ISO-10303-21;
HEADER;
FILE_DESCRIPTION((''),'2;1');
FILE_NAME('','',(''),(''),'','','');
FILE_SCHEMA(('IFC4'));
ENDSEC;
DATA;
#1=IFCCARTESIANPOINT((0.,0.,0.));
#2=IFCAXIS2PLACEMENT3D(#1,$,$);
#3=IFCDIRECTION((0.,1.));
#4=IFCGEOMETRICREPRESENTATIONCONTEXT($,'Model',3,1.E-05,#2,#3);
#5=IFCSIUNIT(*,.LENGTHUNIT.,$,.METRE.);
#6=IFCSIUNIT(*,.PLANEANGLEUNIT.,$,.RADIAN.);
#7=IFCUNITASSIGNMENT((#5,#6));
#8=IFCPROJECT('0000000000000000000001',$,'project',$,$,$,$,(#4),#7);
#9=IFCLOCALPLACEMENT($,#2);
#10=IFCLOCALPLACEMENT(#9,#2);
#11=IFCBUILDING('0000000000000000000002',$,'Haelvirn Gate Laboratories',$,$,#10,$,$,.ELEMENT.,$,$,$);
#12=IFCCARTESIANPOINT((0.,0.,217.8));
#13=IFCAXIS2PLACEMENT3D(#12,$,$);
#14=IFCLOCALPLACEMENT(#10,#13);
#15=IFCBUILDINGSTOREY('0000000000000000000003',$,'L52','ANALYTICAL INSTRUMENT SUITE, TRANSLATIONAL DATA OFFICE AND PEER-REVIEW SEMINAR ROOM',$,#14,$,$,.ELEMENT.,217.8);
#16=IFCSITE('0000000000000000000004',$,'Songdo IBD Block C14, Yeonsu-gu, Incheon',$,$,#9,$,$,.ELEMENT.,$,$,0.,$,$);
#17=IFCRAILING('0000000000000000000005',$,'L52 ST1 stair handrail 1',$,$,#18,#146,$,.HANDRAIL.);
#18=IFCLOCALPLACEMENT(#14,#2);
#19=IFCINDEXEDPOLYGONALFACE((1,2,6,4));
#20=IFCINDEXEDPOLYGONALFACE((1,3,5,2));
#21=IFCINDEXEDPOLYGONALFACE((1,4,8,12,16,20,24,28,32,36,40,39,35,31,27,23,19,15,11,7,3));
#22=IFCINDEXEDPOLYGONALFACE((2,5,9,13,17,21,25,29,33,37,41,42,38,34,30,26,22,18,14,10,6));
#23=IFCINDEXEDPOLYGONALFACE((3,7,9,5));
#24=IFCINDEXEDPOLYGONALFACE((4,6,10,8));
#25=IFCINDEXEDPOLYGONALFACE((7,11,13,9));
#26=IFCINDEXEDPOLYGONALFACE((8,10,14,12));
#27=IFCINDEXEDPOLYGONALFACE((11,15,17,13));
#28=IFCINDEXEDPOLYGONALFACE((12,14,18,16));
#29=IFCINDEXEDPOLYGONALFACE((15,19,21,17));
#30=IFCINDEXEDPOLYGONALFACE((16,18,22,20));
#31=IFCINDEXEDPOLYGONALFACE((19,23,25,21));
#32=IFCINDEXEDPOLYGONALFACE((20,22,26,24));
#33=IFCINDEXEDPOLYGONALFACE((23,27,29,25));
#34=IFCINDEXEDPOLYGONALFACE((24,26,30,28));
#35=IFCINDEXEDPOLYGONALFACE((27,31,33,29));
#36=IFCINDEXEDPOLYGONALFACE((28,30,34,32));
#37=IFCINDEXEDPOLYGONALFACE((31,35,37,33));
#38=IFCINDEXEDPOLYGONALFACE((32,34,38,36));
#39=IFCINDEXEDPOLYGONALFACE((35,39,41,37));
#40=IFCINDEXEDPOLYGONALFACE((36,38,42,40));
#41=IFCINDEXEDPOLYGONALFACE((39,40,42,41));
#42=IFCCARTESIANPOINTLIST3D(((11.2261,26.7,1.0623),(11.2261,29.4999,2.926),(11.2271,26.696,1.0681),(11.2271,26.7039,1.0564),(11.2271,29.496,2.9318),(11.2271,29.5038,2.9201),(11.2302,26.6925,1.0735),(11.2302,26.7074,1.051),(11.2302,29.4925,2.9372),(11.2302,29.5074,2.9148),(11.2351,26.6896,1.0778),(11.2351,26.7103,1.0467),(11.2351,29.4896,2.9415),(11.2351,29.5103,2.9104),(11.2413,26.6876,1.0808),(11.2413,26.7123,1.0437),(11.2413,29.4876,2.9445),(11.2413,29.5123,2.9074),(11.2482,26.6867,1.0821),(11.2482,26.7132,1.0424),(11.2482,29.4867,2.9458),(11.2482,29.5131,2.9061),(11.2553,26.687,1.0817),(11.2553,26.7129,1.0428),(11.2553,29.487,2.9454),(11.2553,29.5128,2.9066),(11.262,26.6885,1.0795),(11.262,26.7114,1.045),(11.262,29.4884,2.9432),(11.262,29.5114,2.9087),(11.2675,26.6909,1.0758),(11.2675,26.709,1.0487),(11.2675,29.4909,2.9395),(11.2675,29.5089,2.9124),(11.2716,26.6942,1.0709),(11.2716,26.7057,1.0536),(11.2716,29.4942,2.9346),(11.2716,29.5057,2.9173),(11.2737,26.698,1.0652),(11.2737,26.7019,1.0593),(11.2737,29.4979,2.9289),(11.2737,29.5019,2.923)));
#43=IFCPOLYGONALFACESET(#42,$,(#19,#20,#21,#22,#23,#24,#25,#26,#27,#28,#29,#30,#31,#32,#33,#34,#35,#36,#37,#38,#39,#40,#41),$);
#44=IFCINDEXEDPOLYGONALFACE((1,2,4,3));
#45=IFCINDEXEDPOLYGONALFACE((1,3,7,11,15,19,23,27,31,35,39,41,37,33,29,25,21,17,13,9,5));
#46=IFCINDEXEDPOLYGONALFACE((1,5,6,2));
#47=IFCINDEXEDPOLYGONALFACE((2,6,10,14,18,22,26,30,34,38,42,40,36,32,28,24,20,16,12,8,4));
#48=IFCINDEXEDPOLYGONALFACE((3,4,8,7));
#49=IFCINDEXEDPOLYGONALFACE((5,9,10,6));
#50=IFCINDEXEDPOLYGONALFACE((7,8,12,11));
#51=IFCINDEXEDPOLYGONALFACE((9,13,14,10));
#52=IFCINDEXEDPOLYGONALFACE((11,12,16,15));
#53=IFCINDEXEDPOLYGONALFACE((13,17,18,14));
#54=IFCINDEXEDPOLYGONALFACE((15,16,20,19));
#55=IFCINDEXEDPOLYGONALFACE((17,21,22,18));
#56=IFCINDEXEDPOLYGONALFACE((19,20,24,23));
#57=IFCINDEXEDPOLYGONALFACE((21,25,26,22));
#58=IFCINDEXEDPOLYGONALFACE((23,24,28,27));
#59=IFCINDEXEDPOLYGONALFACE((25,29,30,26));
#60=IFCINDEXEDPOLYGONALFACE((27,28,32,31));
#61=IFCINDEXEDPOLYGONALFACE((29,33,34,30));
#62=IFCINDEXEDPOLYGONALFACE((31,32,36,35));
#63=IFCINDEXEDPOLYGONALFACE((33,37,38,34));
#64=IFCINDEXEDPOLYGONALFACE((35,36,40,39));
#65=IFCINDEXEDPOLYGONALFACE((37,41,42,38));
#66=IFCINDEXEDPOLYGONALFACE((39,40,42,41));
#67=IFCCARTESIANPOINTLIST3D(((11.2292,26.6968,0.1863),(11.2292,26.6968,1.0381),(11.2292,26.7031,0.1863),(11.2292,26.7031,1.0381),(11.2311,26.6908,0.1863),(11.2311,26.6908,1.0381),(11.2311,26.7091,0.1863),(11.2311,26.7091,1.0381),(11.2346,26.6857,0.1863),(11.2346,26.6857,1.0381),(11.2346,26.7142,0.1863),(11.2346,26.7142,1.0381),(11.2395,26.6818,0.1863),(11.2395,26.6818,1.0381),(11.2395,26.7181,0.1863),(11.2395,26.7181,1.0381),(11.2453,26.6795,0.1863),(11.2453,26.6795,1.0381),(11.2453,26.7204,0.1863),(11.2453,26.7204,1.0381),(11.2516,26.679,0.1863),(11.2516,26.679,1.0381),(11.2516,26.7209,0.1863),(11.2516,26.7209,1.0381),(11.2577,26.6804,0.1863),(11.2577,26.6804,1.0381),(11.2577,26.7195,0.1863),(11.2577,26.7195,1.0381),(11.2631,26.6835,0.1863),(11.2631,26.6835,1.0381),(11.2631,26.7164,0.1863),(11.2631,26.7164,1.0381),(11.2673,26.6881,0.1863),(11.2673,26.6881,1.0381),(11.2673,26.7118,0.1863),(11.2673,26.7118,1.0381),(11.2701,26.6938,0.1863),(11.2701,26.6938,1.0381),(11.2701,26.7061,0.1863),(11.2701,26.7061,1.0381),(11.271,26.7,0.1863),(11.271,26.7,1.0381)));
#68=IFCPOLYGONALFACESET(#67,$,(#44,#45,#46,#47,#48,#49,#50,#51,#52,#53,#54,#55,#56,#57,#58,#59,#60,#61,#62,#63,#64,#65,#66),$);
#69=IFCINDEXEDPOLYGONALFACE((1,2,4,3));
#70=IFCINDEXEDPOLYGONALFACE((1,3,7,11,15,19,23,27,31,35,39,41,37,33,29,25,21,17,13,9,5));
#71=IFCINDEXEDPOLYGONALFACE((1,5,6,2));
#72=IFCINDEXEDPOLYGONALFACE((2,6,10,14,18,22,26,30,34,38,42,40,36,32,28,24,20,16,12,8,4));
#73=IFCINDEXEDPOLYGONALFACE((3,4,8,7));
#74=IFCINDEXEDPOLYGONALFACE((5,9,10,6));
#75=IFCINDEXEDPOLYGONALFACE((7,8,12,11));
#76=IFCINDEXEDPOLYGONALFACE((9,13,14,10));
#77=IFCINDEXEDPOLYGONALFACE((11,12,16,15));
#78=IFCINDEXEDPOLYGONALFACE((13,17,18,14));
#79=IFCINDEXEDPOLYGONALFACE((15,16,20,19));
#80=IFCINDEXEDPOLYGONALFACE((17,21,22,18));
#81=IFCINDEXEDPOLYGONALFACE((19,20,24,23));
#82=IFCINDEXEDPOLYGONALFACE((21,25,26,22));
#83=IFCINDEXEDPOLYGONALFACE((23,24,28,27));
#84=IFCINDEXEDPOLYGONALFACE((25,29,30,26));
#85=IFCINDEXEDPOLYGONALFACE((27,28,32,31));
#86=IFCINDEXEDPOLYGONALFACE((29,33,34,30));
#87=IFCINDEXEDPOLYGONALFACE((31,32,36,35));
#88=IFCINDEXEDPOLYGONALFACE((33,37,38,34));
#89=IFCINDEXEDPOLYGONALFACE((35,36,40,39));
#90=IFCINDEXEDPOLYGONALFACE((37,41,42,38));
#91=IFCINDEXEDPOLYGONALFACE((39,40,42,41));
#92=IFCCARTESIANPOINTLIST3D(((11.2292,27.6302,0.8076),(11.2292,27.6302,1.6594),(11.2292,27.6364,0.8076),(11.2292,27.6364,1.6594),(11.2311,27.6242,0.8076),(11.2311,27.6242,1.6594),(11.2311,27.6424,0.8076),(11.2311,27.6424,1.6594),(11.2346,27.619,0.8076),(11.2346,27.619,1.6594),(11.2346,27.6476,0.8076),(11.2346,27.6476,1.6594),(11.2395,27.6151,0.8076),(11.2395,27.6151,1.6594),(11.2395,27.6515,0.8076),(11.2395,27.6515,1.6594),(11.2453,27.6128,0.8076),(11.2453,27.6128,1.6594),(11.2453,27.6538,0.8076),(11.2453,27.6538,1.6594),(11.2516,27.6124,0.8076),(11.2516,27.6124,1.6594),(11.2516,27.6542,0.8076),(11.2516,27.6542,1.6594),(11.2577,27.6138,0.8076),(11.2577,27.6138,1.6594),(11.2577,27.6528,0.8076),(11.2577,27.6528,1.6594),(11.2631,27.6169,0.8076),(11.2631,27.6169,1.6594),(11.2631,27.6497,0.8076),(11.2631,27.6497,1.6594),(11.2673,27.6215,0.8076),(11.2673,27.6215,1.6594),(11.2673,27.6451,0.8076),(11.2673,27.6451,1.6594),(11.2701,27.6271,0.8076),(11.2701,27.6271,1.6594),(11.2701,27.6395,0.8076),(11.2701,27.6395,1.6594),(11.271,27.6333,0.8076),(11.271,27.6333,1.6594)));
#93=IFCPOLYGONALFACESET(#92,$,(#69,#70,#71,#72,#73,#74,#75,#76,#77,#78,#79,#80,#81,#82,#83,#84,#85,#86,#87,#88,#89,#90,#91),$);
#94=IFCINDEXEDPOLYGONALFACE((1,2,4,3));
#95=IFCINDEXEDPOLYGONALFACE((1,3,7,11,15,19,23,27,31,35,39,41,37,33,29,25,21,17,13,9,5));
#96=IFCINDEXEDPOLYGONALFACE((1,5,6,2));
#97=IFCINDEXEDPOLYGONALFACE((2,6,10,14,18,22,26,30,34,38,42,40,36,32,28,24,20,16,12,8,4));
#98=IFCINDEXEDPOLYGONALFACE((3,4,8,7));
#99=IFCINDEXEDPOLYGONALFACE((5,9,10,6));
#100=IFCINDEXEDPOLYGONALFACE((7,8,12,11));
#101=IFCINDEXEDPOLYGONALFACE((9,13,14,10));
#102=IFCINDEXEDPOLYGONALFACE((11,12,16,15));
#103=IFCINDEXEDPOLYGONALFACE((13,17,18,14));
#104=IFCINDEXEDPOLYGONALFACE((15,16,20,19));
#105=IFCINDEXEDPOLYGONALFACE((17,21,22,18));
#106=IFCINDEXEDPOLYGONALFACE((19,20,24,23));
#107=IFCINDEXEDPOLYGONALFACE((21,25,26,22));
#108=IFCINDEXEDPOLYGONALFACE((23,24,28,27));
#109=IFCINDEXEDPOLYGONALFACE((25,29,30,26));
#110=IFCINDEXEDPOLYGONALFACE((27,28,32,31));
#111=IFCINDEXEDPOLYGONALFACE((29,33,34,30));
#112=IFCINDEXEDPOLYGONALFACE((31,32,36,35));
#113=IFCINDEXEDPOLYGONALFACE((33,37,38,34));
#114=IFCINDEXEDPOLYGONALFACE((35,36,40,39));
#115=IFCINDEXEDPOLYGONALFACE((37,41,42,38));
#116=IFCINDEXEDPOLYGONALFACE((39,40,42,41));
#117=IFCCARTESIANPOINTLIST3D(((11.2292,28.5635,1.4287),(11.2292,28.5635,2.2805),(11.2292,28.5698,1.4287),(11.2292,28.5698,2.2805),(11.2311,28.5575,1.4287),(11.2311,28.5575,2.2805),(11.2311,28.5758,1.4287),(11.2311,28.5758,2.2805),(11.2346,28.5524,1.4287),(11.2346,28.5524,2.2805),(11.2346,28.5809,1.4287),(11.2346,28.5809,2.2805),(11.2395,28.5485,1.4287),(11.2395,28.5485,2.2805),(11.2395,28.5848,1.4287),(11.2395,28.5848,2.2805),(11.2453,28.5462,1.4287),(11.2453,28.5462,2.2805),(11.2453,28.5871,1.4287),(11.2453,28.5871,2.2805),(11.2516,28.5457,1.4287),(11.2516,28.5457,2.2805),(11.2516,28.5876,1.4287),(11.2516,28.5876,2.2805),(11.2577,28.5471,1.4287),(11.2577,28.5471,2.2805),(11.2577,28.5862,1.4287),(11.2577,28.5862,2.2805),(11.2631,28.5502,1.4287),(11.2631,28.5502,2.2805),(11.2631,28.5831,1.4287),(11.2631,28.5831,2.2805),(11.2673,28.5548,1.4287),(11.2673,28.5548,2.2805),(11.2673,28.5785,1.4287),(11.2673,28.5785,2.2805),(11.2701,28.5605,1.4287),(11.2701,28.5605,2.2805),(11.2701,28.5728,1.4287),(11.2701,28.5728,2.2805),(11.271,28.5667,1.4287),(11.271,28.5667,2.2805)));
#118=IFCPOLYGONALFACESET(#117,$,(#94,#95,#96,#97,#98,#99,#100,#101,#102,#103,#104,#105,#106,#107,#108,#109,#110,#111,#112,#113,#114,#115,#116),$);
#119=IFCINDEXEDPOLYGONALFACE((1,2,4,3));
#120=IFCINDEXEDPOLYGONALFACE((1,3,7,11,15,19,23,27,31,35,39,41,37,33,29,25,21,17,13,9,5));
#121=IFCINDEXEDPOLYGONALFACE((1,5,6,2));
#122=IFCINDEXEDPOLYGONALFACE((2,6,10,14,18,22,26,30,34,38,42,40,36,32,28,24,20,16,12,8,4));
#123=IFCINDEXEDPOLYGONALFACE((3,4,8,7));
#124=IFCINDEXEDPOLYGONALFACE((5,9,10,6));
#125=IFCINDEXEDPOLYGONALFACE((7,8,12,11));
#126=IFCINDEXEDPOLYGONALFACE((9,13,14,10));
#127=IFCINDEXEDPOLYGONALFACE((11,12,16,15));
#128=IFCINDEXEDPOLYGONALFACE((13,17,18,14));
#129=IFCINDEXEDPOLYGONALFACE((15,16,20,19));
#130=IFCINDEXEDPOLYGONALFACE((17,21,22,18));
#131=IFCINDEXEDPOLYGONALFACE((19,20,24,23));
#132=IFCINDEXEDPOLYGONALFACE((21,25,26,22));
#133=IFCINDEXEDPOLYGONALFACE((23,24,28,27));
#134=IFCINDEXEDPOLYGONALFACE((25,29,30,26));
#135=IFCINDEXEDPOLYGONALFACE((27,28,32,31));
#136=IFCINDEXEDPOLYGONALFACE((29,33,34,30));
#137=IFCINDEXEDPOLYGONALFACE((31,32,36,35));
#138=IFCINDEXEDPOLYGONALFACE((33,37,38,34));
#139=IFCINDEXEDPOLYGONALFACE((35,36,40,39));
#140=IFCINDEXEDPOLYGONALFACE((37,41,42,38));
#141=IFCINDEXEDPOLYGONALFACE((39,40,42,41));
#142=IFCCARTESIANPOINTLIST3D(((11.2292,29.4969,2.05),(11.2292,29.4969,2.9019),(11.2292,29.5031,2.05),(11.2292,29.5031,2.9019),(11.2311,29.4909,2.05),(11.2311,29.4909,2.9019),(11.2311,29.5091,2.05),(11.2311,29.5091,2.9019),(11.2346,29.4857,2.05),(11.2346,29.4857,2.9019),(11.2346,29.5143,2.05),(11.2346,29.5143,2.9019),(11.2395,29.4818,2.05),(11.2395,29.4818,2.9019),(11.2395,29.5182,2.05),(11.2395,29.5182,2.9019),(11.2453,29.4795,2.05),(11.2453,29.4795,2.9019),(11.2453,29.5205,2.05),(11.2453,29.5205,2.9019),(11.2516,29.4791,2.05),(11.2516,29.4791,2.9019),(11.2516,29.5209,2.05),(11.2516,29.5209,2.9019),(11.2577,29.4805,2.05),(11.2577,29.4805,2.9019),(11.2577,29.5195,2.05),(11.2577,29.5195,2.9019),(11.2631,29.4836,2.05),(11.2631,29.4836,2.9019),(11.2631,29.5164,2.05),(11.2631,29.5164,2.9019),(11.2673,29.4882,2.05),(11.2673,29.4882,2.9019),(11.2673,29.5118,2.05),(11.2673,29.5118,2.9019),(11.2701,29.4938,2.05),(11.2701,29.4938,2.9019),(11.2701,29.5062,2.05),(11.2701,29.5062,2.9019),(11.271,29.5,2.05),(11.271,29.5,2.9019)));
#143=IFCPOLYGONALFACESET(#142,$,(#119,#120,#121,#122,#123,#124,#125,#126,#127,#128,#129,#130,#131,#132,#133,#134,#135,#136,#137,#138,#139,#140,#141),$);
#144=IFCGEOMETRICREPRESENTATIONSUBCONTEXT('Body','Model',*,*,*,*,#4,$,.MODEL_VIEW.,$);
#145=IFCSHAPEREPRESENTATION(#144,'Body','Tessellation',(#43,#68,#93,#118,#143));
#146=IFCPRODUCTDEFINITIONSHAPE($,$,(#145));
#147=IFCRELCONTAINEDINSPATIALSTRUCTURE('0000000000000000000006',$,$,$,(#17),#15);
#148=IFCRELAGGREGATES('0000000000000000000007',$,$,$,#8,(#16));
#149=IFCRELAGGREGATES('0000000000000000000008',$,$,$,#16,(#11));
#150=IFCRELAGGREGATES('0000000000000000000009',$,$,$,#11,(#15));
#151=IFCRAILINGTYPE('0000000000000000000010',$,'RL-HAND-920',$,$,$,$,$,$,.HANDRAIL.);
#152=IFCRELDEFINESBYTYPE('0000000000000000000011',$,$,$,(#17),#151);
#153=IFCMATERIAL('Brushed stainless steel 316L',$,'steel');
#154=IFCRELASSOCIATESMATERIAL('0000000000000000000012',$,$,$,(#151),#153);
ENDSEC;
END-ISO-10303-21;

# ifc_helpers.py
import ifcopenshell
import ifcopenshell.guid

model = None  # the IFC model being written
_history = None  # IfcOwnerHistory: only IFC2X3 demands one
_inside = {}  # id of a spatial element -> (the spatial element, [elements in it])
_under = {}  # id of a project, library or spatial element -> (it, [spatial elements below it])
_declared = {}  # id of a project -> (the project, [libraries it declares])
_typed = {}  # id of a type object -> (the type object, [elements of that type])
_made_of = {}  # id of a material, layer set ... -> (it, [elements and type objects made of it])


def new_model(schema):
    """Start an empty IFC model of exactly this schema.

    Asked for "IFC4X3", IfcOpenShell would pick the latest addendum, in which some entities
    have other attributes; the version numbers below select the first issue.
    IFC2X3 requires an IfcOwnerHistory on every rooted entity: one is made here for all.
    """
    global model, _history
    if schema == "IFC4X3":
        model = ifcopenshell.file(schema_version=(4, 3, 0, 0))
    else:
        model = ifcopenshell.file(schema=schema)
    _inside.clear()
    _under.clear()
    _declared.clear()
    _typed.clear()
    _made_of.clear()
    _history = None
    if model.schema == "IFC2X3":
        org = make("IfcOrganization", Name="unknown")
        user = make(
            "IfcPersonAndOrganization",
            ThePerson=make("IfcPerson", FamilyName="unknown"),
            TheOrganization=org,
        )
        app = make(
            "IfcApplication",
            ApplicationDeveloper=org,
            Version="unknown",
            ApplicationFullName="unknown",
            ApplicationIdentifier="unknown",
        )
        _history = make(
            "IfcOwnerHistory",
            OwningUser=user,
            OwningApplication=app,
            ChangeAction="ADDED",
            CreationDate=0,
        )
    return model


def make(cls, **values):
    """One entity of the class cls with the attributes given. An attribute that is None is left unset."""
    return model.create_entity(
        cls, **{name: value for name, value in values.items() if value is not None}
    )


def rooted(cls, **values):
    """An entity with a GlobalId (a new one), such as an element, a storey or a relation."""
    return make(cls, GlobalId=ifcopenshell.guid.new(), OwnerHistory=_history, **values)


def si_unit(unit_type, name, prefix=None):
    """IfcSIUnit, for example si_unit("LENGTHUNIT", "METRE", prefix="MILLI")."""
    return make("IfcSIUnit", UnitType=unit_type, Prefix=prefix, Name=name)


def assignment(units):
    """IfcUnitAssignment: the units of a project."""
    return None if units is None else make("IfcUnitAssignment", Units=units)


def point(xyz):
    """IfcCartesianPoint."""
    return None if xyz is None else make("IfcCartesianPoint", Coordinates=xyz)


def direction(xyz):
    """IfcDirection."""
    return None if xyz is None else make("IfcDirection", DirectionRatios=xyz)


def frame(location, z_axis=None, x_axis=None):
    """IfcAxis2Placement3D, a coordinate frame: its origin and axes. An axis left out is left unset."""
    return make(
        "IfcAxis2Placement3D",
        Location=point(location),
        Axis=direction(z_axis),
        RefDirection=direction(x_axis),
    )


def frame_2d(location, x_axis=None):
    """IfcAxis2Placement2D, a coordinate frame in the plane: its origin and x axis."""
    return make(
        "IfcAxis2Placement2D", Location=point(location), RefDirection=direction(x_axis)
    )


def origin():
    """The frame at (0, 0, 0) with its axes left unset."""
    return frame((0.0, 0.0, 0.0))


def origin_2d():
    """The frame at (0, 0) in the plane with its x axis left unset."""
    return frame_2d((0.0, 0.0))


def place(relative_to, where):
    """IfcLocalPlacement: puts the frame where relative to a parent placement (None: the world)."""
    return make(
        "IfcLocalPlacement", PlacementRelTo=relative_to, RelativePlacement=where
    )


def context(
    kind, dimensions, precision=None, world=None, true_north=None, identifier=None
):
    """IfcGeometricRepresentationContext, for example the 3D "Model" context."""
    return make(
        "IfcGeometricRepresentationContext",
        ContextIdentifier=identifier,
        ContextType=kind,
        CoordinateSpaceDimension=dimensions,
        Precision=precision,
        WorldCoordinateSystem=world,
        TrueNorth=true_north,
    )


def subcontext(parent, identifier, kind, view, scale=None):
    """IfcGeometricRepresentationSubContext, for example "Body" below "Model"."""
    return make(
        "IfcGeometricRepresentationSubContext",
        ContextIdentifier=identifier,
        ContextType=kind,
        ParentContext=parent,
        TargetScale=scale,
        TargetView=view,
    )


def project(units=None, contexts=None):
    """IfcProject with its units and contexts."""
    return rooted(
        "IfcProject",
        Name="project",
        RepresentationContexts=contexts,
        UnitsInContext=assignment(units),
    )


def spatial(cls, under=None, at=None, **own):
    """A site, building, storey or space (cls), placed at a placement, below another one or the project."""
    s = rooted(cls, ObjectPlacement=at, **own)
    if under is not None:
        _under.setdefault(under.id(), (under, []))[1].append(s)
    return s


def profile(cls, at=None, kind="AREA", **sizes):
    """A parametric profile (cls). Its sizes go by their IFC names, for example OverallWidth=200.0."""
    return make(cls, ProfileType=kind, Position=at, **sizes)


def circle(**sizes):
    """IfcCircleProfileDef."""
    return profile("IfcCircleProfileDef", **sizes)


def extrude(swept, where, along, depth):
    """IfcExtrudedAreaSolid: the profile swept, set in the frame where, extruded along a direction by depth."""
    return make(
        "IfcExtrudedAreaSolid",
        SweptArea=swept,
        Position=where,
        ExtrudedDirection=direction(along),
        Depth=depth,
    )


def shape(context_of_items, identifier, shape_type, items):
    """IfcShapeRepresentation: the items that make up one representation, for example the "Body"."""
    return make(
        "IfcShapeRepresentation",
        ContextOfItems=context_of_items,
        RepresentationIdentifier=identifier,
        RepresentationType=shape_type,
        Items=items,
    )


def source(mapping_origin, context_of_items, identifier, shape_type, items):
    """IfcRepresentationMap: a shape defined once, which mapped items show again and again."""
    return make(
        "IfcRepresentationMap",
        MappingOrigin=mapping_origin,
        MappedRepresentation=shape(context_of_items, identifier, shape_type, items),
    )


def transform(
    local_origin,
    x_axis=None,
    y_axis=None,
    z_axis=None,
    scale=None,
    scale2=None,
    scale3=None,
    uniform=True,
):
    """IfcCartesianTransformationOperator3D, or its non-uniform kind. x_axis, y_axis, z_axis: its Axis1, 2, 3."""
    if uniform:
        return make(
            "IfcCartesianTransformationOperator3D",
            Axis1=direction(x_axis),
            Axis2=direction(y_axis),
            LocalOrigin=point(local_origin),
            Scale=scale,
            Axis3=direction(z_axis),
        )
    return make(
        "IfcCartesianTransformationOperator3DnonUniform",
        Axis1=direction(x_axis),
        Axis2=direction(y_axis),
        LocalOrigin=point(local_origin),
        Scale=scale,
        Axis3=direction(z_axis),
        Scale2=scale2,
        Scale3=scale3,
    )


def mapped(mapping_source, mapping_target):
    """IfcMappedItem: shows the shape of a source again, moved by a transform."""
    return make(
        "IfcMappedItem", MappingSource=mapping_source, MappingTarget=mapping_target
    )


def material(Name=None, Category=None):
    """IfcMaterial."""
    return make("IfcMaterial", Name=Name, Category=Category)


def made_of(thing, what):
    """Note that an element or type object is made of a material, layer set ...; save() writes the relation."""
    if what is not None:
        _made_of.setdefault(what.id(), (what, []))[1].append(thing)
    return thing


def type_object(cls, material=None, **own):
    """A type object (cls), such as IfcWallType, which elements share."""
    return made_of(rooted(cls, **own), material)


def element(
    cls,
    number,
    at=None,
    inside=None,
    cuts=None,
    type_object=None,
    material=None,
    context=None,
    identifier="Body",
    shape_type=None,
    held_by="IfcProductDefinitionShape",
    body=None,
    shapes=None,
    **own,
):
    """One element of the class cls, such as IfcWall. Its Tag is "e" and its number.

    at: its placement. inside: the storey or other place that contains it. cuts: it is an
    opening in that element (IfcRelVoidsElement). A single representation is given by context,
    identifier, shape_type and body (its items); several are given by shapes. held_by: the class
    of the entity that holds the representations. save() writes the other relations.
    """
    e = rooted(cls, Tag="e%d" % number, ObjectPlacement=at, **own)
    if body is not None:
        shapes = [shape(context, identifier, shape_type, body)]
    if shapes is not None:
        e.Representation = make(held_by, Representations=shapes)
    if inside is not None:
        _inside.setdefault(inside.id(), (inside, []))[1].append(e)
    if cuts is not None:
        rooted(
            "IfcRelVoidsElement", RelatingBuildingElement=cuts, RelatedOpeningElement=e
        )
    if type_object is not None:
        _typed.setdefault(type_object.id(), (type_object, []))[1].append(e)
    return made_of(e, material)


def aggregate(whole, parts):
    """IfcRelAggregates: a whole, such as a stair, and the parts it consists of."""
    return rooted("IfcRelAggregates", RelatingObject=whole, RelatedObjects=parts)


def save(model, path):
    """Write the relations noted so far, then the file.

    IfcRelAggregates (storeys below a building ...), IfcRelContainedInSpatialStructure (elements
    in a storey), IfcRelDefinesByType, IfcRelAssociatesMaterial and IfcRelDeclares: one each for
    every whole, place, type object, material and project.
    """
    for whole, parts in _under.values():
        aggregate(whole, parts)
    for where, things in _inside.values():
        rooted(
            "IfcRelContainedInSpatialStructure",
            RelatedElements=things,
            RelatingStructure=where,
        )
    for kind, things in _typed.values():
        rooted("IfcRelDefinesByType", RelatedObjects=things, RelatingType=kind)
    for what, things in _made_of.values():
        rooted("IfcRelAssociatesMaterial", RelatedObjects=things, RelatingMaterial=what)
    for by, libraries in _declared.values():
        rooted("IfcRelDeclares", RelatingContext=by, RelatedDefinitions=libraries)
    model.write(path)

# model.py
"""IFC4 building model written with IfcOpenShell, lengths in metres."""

from ifc_helpers import new_model, si_unit, direction, frame, origin, origin_2d, place, context, subcontext, project, spatial, circle, extrude, source, transform, mapped, material, type_object, element, save


model = new_model("IFC4")

# Units and contexts
model_context = context("Model", 3, precision=1e-05, world=origin(), true_north=direction((0.0, 1.0)))
body_context = subcontext(model_context, "Body", "Model", "MODEL_VIEW")
ifc_project = project(units=[si_unit("LENGTHUNIT", "METRE"), si_unit("PLANEANGLEUNIT", "RADIAN")], contexts=[model_context])

# Site, building, storey
site_placement = place(None, origin())
site = spatial("IfcSite", under=ifc_project, at=site_placement, Name="Songdo IBD Block C14, Yeonsu-gu, Incheon", CompositionType="ELEMENT", RefElevation=0.0)
building_placement = place(site_placement, origin())
building = spatial("IfcBuilding", under=site, at=building_placement, Name="Haelvirn Gate Laboratories", CompositionType="ELEMENT")
storey_placement = place(building_placement, frame((0.0, 0.0, 217.8)))
storey = spatial("IfcBuildingStorey", under=building, at=storey_placement, Name="L52", Description="ANALYTICAL INSTRUMENT SUITE, TRANSLATIONAL DATA OFFICE AND PEER-REVIEW SEMINAR ROOM", CompositionType="ELEMENT", Elevation=217.8)

# Railing
ifc_material_1 = material(Name="Brushed stainless steel 316L", Category="steel")
railing_type_1 = type_object("IfcRailingType", Name="RL-HAND-920", PredefinedType="HANDRAIL", material=ifc_material_1)
shared_shape_1 = source(origin(), body_context, "Body", "SweptSolid", [
    extrude(circle(Radius=0.0239, at=origin_2d()), frame((0.0, 0.0, 0.876), z_axis=(0.0, 0.832452, 0.554097), x_axis=(-1.0, 0.0, 0.0)), (0.0, 0.0, 1.0), 3.3635),
    extrude(circle(Radius=0.021, at=origin_2d()), origin(), (0.0, 0.0, 1.0), 0.8518),
    extrude(circle(Radius=0.021, at=origin_2d()), frame((0.0, 0.9333, 0.6213)), (0.0, 0.0, 1.0), 0.8518),
    extrude(circle(Radius=0.021, at=origin_2d()), frame((0.0, 1.8667, 1.2424)), (0.0, 0.0, 1.0), 0.8518),
    extrude(circle(Radius=0.021, at=origin_2d()), frame((0.0, 2.8, 1.8638)), (0.0, 0.0, 1.0), 0.8518),
])
railing_1_placement = place(storey_placement, frame((11.25, 26.7, 0.1863)))
element("IfcRailing", 1, at=railing_1_placement, inside=storey, type_object=railing_type_1, Name="L52 ST1 stair handrail 1", PredefinedType="HANDRAIL", context=body_context, shape_type="MappedRepresentation", body=[
    mapped(shared_shape_1, transform((0.0, 0.0, 0.0), scale=1.0)),
])

save(model, "model.ifc")
